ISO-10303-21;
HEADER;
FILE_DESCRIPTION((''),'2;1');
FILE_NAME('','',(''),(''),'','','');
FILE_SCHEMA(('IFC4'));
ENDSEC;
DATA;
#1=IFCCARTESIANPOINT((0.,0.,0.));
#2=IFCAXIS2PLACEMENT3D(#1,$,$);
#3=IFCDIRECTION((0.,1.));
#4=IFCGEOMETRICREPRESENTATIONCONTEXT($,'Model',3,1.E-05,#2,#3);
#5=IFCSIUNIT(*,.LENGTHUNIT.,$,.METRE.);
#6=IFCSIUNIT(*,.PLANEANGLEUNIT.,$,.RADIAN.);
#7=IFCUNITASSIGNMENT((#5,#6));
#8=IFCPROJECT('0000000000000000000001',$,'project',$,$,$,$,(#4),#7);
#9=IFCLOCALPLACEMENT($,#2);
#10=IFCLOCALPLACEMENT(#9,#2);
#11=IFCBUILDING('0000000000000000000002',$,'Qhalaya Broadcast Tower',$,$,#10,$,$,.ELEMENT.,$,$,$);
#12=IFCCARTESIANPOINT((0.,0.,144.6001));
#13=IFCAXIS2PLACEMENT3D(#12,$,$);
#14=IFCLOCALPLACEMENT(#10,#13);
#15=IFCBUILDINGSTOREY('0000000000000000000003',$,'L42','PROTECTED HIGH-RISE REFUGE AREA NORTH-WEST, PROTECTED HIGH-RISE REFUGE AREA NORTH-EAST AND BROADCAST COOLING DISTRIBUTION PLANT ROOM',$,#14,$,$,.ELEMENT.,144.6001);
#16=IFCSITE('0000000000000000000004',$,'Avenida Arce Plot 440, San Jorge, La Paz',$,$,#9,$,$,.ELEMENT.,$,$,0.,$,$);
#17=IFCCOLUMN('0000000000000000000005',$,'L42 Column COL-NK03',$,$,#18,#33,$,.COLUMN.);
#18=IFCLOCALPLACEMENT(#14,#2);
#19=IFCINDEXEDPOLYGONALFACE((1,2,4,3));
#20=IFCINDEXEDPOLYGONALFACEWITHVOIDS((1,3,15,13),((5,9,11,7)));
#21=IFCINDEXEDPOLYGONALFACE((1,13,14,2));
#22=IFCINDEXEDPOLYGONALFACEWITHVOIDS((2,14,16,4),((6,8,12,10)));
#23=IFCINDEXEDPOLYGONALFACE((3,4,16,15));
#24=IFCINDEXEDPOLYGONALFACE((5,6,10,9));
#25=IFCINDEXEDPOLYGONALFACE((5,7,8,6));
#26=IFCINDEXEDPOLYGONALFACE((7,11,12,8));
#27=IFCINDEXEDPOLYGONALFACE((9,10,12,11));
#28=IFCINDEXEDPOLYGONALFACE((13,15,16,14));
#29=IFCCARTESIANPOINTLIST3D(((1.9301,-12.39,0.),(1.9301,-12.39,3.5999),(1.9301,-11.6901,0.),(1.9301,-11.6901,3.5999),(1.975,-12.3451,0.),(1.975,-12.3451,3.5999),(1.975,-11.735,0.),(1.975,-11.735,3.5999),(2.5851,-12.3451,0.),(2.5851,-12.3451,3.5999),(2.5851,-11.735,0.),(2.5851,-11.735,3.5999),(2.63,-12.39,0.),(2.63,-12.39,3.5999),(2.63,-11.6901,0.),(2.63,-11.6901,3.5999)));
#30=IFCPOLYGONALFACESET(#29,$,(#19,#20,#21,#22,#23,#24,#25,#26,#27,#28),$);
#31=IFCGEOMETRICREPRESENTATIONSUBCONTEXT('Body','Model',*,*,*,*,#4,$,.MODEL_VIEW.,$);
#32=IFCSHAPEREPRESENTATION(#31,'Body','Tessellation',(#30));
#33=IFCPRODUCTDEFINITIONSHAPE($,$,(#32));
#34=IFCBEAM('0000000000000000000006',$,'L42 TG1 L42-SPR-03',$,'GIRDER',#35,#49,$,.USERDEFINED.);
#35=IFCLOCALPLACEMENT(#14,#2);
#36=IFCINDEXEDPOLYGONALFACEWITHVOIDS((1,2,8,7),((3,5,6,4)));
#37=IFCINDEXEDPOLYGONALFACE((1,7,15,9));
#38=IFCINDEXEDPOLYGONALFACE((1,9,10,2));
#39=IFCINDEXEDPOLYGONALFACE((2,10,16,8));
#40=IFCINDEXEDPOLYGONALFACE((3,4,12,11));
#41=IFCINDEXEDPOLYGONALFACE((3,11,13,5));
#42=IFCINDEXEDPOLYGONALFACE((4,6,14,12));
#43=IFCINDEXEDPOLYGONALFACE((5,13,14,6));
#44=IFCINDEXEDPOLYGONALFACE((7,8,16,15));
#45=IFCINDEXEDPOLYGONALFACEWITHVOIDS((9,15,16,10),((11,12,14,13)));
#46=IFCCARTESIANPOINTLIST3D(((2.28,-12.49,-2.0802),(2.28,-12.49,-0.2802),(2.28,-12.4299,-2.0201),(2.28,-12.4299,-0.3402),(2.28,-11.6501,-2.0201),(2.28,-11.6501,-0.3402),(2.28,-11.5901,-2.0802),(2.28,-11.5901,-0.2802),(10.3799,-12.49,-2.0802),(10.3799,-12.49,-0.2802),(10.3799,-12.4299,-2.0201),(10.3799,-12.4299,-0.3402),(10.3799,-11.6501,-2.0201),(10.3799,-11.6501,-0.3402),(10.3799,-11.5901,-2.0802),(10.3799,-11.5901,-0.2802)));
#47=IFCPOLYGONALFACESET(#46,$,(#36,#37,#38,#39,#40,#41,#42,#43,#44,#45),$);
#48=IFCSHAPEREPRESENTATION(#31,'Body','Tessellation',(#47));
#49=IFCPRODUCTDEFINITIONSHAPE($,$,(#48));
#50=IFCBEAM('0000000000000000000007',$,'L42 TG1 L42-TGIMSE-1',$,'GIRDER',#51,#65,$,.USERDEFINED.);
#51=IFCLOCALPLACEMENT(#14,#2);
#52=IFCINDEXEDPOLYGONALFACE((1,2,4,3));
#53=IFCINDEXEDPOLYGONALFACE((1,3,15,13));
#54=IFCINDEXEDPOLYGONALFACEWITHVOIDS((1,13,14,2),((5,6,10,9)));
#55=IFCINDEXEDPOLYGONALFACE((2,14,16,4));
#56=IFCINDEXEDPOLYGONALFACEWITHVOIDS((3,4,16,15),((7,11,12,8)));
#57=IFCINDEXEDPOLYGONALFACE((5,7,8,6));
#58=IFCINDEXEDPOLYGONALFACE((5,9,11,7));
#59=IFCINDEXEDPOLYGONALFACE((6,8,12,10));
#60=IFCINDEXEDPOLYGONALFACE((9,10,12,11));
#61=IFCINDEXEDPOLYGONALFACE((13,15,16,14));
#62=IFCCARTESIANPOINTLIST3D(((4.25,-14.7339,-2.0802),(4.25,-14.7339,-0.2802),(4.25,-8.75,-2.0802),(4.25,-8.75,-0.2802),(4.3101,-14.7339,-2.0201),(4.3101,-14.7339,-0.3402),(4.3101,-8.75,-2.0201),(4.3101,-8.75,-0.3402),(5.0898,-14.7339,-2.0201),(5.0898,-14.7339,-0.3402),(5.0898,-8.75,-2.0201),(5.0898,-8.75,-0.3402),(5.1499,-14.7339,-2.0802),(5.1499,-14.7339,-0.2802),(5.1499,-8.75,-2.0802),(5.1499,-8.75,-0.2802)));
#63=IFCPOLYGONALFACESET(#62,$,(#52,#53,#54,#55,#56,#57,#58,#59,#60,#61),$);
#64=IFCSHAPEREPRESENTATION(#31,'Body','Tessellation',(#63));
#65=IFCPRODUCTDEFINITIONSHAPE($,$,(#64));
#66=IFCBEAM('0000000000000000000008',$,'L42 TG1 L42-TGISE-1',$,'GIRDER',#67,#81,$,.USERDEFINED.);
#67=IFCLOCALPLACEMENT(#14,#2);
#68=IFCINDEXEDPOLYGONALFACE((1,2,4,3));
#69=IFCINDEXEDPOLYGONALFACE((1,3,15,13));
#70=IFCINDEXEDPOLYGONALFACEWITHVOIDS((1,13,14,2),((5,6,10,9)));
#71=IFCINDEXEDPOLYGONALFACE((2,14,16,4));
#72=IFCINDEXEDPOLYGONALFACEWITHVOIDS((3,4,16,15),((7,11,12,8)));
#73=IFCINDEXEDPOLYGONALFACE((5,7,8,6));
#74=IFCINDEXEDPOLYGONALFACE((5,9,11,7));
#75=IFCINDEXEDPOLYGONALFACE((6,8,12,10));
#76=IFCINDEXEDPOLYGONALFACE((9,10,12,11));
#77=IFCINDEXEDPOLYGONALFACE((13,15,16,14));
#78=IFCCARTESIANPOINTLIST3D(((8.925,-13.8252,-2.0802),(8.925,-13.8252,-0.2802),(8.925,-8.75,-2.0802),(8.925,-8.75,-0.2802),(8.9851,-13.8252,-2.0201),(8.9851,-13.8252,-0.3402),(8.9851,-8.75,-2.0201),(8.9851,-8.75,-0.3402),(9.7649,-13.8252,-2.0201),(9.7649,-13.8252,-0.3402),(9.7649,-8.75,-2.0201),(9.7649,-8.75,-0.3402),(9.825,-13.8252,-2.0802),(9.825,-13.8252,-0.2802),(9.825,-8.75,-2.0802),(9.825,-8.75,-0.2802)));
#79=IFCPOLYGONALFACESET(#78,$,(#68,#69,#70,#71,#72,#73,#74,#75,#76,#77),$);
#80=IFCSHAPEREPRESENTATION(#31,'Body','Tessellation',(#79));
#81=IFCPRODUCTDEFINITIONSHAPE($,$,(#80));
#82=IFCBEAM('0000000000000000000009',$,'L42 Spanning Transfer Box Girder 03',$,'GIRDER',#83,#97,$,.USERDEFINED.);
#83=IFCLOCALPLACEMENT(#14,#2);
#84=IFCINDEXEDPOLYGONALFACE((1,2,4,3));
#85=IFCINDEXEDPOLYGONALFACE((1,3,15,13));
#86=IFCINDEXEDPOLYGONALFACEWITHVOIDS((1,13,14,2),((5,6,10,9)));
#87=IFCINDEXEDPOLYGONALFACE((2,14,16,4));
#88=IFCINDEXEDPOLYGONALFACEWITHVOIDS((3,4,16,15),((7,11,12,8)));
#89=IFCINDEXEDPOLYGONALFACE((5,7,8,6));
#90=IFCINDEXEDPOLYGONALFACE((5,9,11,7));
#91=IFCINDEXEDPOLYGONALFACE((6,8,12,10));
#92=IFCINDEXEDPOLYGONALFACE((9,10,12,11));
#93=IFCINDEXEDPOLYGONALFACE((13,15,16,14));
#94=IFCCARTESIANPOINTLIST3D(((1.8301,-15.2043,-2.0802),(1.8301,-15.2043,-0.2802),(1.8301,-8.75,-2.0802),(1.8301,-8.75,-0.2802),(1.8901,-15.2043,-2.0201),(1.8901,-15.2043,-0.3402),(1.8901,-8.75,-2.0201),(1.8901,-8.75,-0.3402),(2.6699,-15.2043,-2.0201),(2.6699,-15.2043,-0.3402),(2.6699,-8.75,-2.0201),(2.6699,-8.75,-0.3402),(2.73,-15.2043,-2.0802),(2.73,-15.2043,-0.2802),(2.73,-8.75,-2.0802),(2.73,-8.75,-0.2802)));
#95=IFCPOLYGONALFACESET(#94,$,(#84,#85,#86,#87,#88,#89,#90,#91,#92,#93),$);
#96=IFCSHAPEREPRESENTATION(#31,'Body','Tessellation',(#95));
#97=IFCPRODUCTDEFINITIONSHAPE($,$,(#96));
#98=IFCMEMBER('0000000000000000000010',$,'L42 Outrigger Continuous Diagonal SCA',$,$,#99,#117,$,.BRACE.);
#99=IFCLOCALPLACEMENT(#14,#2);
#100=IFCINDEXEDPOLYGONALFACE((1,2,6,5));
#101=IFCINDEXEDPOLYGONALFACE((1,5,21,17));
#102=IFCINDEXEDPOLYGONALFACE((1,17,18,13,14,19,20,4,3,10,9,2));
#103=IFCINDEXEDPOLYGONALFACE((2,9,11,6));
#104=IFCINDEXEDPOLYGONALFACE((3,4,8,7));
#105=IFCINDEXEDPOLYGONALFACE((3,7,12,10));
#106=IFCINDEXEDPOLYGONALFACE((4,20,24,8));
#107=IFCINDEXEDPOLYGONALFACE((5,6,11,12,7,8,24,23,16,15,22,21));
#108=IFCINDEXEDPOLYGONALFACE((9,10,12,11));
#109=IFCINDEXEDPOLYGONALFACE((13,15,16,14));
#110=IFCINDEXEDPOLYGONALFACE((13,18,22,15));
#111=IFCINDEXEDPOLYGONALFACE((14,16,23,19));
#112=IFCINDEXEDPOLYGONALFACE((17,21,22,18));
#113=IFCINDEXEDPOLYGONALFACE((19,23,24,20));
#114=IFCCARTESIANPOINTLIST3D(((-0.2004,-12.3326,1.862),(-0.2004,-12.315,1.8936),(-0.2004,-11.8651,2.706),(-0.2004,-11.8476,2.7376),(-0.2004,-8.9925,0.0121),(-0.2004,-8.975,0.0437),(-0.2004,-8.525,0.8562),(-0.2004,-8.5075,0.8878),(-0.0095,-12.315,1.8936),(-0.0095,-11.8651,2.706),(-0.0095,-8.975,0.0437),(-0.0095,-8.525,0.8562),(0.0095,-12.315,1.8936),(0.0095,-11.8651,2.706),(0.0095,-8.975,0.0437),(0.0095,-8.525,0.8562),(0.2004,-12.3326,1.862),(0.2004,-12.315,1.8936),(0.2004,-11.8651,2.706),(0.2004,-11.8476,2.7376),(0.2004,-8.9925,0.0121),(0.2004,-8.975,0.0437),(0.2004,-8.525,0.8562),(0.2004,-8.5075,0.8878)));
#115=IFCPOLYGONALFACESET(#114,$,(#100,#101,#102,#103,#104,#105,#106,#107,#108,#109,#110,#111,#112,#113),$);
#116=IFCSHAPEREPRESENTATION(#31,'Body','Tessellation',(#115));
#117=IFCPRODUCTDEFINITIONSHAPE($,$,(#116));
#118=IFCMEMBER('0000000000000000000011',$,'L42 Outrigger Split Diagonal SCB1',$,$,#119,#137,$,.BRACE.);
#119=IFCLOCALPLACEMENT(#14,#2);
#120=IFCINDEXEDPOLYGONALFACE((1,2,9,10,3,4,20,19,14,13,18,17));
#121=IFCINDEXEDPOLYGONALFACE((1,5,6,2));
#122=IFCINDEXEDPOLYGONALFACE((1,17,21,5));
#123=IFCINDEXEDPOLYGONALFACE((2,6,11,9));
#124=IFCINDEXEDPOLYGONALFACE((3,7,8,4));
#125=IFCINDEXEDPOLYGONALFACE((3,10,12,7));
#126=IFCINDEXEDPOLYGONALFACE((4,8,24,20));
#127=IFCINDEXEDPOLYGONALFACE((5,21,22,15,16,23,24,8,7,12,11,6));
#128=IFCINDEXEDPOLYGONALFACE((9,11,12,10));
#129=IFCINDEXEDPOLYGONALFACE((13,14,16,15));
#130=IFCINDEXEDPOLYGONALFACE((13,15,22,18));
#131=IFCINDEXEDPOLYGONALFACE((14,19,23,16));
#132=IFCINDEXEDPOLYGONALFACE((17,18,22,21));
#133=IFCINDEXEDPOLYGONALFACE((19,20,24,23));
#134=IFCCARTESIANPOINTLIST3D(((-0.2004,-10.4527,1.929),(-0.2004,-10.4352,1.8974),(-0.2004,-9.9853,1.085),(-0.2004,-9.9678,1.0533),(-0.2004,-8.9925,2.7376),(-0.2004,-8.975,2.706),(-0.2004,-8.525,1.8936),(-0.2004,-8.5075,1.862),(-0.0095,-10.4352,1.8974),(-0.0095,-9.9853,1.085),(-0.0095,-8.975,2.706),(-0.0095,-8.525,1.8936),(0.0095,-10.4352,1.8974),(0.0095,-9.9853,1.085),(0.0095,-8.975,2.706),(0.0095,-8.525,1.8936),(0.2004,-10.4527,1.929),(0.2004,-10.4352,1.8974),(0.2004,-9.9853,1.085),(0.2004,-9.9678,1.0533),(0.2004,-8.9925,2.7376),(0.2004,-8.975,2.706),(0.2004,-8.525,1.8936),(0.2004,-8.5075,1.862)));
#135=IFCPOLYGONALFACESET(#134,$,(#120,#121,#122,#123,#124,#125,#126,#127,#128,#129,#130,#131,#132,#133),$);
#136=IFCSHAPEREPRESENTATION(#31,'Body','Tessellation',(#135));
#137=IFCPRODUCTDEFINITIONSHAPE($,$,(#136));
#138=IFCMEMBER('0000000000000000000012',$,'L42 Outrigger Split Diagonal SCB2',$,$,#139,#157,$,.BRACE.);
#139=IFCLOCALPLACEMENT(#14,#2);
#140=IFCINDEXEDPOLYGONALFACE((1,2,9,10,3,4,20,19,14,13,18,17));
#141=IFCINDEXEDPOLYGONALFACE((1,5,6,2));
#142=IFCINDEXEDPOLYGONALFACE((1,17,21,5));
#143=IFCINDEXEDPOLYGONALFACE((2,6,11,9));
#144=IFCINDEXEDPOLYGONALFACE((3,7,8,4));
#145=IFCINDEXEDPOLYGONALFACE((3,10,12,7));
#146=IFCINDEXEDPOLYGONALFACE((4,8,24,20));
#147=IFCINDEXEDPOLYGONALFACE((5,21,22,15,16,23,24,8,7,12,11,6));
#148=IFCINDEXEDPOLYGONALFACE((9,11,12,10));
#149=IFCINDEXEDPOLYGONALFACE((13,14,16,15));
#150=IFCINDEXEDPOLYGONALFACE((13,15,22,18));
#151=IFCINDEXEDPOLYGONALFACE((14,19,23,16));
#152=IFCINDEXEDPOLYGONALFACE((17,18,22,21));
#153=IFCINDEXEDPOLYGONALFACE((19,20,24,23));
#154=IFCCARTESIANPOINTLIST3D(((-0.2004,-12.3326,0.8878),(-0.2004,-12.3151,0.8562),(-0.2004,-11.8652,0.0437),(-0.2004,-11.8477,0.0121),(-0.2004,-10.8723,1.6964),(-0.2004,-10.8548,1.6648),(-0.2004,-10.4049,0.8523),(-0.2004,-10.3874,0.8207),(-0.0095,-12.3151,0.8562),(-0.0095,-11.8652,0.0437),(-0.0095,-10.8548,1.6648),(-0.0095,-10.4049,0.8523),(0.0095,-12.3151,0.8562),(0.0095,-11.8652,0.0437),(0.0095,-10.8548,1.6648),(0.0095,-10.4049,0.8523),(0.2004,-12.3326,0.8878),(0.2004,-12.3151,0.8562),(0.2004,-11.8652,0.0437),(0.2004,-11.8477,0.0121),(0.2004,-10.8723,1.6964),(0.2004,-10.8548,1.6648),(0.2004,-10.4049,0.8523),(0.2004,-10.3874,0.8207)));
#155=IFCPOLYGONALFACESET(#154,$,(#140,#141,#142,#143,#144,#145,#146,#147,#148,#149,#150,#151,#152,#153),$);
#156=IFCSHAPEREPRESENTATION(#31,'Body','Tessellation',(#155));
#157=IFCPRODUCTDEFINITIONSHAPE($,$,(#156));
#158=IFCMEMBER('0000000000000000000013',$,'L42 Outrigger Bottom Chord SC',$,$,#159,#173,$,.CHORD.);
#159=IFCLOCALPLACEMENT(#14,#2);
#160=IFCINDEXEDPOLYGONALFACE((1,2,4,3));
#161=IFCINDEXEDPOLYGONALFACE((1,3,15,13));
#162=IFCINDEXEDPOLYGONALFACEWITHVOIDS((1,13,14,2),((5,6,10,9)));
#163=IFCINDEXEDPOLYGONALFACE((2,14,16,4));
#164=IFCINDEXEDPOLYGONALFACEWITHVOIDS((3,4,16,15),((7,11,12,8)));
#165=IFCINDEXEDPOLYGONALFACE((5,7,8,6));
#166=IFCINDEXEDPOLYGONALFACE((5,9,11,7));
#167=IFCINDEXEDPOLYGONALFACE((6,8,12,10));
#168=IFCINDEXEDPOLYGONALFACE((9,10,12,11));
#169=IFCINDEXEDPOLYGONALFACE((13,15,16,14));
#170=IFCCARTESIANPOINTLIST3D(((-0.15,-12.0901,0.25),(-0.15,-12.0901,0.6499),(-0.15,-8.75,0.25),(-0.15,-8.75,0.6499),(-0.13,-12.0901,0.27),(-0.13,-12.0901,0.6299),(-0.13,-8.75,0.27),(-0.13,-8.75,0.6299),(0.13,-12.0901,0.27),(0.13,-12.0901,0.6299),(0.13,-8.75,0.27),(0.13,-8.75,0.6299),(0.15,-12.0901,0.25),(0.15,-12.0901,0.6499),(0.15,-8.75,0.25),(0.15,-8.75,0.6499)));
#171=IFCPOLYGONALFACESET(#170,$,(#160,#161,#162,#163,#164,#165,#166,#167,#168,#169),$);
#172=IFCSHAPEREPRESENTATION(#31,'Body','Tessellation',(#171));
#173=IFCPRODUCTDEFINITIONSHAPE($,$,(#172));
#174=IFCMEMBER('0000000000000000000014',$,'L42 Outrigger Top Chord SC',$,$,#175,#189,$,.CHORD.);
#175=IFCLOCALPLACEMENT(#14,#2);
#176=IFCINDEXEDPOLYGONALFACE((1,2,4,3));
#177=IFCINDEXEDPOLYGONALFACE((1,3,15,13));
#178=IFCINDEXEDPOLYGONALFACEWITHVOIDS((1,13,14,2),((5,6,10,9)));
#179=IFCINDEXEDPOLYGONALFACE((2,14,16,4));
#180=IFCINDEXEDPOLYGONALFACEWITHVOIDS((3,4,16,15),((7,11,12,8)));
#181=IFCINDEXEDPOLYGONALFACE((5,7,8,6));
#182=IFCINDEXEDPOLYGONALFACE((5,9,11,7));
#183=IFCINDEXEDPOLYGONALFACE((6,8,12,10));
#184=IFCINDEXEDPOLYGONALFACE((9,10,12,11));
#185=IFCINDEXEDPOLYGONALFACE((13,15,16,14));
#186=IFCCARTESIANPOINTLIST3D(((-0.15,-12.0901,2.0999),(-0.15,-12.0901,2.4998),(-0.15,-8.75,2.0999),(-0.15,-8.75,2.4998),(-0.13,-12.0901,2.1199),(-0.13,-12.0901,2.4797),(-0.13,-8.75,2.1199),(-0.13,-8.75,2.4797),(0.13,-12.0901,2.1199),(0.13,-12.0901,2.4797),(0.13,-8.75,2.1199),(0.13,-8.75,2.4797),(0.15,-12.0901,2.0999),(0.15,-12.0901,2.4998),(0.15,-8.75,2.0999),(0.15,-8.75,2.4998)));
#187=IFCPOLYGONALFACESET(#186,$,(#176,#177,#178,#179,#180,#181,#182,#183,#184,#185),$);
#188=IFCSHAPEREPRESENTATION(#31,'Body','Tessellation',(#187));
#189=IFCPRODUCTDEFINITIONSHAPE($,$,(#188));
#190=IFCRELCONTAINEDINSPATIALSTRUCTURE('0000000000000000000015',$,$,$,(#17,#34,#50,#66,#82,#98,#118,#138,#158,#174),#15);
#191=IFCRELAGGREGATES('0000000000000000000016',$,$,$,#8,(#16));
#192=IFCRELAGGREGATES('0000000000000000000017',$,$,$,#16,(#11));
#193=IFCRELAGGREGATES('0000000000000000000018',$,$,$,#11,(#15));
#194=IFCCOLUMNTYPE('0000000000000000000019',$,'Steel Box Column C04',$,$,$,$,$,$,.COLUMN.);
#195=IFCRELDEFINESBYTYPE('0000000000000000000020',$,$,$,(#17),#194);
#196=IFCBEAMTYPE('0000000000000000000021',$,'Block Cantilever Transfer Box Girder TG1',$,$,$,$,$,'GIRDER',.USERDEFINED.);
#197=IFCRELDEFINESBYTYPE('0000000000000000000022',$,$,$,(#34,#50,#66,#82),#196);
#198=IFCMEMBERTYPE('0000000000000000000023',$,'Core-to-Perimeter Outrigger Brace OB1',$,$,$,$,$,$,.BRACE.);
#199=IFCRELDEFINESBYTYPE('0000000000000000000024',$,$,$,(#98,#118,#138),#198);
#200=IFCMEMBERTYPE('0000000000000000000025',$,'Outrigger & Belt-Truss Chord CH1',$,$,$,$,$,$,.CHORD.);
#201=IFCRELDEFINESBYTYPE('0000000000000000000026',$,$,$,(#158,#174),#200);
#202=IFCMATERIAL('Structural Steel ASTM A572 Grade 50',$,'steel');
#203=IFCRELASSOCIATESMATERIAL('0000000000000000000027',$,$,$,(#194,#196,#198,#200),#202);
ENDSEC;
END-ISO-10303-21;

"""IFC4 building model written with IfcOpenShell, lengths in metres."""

from ifc_helpers import new_model, si_unit, direction, frame, origin, origin_2d, place, context, subcontext, project, spatial, hollow_rectangle, i_section, extrude, material, material_profile, profile_set, type_object, element, save


model = new_model("IFC4")

# Units and contexts
model_context = context("Model", 3, precision=1e-05, world=origin(), true_north=direction((0.0, 1.0)))
body_context = subcontext(model_context, "Body", "Model", "MODEL_VIEW")
ifc_project = project(units=[si_unit("LENGTHUNIT", "METRE"), si_unit("PLANEANGLEUNIT", "RADIAN")], contexts=[model_context])

# Site, building, storey
site_placement = place(None, origin())
site = spatial("IfcSite", under=ifc_project, at=site_placement, Name="Avenida Arce Plot 440, San Jorge, La Paz", CompositionType="ELEMENT", RefElevation=0.0)
building_placement = place(site_placement, origin())
building = spatial("IfcBuilding", under=site, at=building_placement, Name="Qhalaya Broadcast Tower", CompositionType="ELEMENT")
storey_placement = place(building_placement, frame((0.0, 0.0, 144.6001)))
storey = spatial("IfcBuildingStorey", under=building, at=storey_placement, Name="L42", Description="PROTECTED HIGH-RISE REFUGE AREA NORTH-WEST, PROTECTED HIGH-RISE REFUGE AREA NORTH-EAST AND BROADCAST COOLING DISTRIBUTION PLANT ROOM", CompositionType="ELEMENT", Elevation=144.6001)

# Column
ifc_material_1 = material(Name="Structural Steel ASTM A572 Grade 50", Category="steel")
ifc_material_profile_1 = material_profile(ifc_material_1, hollow_rectangle(XDim=0.7, YDim=0.7, WallThickness=0.0449, at=origin_2d()), Name="BOX 700x700x45")
ifc_profile_set_1 = profile_set([ifc_material_profile_1], Name="Structural Steel ASTM A572 Grade 50")
column_type = type_object("IfcColumnType", Name="Steel Box Column C04", PredefinedType="COLUMN", material=ifc_profile_set_1)
column_placement = place(storey_placement, frame((2.28, -12.04, 0.0), z_axis=(0.0, 0.0, 1.0), x_axis=(1.0, 0.0, 0.0)))
element("IfcColumn", 1, at=column_placement, inside=storey, type_object=column_type, Name="L42 Column COL-NK03", PredefinedType="COLUMN", context=body_context, shape_type="SweptSolid", body=[
    extrude(hollow_rectangle(XDim=0.7, YDim=0.7, WallThickness=0.0449, at=origin_2d()), origin(), (0.0, 0.0, 1.0), 3.5999),
])

# Beams
ifc_material_profile_2 = material_profile(ifc_material_1, hollow_rectangle(XDim=0.8999, YDim=1.8, WallThickness=0.0601, at=origin_2d()), Name="BOX 900x1800x60")
ifc_profile_set_2 = profile_set([ifc_material_profile_2], Name="Structural Steel ASTM A572 Grade 50")
beam_type_1 = type_object("IfcBeamType", Name="Block Cantilever Transfer Box Girder TG1", ElementType="GIRDER", PredefinedType="USERDEFINED", material=ifc_profile_set_2)
beam_1_placement = place(storey_placement, frame((2.28, -12.04, -1.1802), z_axis=(1.0, 0.0, 0.0), x_axis=(0.0, 1.0, 0.0)))
element("IfcBeam", 2, at=beam_1_placement, inside=storey, type_object=beam_type_1, Name="L42 TG1 L42-SPR-03", ObjectType="GIRDER", PredefinedType="USERDEFINED", context=body_context, shape_type="SweptSolid", body=[
    extrude(hollow_rectangle(XDim=0.8999, YDim=1.8, WallThickness=0.0601, at=origin_2d()), origin(), (0.0, 0.0, 1.0), 8.0999),
])
beam_2_placement = place(storey_placement, frame((4.7, -14.7339, -1.1802), z_axis=(0.0, 1.0, 0.0), x_axis=(-1.0, 0.0, 0.0)))
element("IfcBeam", 3, at=beam_2_placement, inside=storey, type_object=beam_type_1, Name="L42 TG1 L42-TGIMSE-1", ObjectType="GIRDER", PredefinedType="USERDEFINED", context=body_context, shape_type="SweptSolid", body=[
    extrude(hollow_rectangle(XDim=0.8999, YDim=1.8, WallThickness=0.0601, at=origin_2d()), origin(), (0.0, 0.0, 1.0), 5.9839),
])
beam_3_placement = place(storey_placement, frame((9.375, -13.8252, -1.1802), z_axis=(0.0, 1.0, 0.0), x_axis=(-1.0, 0.0, 0.0)))
element("IfcBeam", 4, at=beam_3_placement, inside=storey, type_object=beam_type_1, Name="L42 TG1 L42-TGISE-1", ObjectType="GIRDER", PredefinedType="USERDEFINED", context=body_context, shape_type="SweptSolid", body=[
    extrude(hollow_rectangle(XDim=0.8999, YDim=1.8, WallThickness=0.0601, at=origin_2d()), origin(), (0.0, 0.0, 1.0), 5.0752),
])
beam_4_placement = place(storey_placement, frame((2.28, -15.2043, -1.1802), z_axis=(0.0, 1.0, 0.0), x_axis=(-1.0, 0.0, 0.0)))
element("IfcBeam", 5, at=beam_4_placement, inside=storey, type_object=beam_type_1, Name="L42 Spanning Transfer Box Girder 03", ObjectType="GIRDER", PredefinedType="USERDEFINED", context=body_context, shape_type="SweptSolid", body=[
    extrude(hollow_rectangle(XDim=0.8999, YDim=1.8, WallThickness=0.0601, at=origin_2d()), origin(), (0.0, 0.0, 1.0), 6.4543),
])

# Members
ifc_material_profile_3 = material_profile(ifc_material_1, i_section(OverallWidth=0.4009, OverallDepth=1.001, WebThickness=0.019, FlangeThickness=0.0361, at=origin_2d()), Name="W40X249")
ifc_profile_set_3 = profile_set([ifc_material_profile_3], Name="Structural Steel ASTM A572 Grade 50")
member_type_1 = type_object("IfcMemberType", Name="Core-to-Perimeter Outrigger Brace OB1", PredefinedType="BRACE", material=ifc_profile_set_3)
member_placement = place(storey_placement, frame((0.0, -8.75, 0.45), z_axis=(0.0, -0.874796, 0.484492), x_axis=(1.0, 0.0, 0.0)))
element("IfcMember", 6, at=member_placement, inside=storey, type_object=member_type_1, Name="L42 Outrigger Continuous Diagonal SCA", PredefinedType="BRACE", context=body_context, shape_type="SweptSolid", body=[
    extrude(i_section(OverallWidth=0.4009, OverallDepth=1.001, WebThickness=0.019, FlangeThickness=0.0361, at=origin_2d()), origin(), (0.0, 0.0, 1.0), 3.8181),
])
for number, where, z_axis, x_axis, name in (
    (7, (0.0, -8.75, 2.2998), (0.0, -0.874826, -0.484438), (1.0, 0.0, 0.0), "L42 Outrigger Split Diagonal SCB1"),
    (8, (0.0, -10.6299, 1.2585), (0.0, -0.874826, -0.484438), (1.0, 0.0, 0.0), "L42 Outrigger Split Diagonal SCB2"),
):
    element("IfcMember", number, at=place(storey_placement, frame(where, z_axis=z_axis, x_axis=x_axis)), inside=storey, type_object=member_type_1, Name=name, PredefinedType="BRACE", context=body_context, shape_type="SweptSolid", body=[
        extrude(i_section(OverallWidth=0.4009, OverallDepth=1.001, WebThickness=0.019, FlangeThickness=0.0361, at=origin_2d()), origin(), (0.0, 0.0, 1.0), 1.6692),
    ])
ifc_material_profile_4 = material_profile(ifc_material_1, hollow_rectangle(XDim=0.3, YDim=0.3999, WallThickness=0.02, at=origin_2d()), Name="HSS 300x400x20")
ifc_profile_set_4 = profile_set([ifc_material_profile_4], Name="Structural Steel ASTM A572 Grade 50")
member_type_2 = type_object("IfcMemberType", Name="Outrigger & Belt-Truss Chord CH1", PredefinedType="CHORD", material=ifc_profile_set_4)
for number, where, z_axis, x_axis, name in (
    (9, (0.0, -8.75, 0.45), (0.0, -1.0, 0.0), (1.0, 0.0, 0.0), "L42 Outrigger Bottom Chord SC"),
    (10, (0.0, -8.75, 2.2998), (0.0, -1.0, 0.0), (1.0, 0.0, 0.0), "L42 Outrigger Top Chord SC"),
):
    element("IfcMember", number, at=place(storey_placement, frame(where, z_axis=z_axis, x_axis=x_axis)), inside=storey, type_object=member_type_2, Name=name, PredefinedType="CHORD", context=body_context, shape_type="SweptSolid", body=[
        extrude(hollow_rectangle(XDim=0.3, YDim=0.3999, WallThickness=0.02, at=origin_2d()), origin(), (0.0, 0.0, 1.0), 3.3401),
    ])

save(model, "model.ifc")
